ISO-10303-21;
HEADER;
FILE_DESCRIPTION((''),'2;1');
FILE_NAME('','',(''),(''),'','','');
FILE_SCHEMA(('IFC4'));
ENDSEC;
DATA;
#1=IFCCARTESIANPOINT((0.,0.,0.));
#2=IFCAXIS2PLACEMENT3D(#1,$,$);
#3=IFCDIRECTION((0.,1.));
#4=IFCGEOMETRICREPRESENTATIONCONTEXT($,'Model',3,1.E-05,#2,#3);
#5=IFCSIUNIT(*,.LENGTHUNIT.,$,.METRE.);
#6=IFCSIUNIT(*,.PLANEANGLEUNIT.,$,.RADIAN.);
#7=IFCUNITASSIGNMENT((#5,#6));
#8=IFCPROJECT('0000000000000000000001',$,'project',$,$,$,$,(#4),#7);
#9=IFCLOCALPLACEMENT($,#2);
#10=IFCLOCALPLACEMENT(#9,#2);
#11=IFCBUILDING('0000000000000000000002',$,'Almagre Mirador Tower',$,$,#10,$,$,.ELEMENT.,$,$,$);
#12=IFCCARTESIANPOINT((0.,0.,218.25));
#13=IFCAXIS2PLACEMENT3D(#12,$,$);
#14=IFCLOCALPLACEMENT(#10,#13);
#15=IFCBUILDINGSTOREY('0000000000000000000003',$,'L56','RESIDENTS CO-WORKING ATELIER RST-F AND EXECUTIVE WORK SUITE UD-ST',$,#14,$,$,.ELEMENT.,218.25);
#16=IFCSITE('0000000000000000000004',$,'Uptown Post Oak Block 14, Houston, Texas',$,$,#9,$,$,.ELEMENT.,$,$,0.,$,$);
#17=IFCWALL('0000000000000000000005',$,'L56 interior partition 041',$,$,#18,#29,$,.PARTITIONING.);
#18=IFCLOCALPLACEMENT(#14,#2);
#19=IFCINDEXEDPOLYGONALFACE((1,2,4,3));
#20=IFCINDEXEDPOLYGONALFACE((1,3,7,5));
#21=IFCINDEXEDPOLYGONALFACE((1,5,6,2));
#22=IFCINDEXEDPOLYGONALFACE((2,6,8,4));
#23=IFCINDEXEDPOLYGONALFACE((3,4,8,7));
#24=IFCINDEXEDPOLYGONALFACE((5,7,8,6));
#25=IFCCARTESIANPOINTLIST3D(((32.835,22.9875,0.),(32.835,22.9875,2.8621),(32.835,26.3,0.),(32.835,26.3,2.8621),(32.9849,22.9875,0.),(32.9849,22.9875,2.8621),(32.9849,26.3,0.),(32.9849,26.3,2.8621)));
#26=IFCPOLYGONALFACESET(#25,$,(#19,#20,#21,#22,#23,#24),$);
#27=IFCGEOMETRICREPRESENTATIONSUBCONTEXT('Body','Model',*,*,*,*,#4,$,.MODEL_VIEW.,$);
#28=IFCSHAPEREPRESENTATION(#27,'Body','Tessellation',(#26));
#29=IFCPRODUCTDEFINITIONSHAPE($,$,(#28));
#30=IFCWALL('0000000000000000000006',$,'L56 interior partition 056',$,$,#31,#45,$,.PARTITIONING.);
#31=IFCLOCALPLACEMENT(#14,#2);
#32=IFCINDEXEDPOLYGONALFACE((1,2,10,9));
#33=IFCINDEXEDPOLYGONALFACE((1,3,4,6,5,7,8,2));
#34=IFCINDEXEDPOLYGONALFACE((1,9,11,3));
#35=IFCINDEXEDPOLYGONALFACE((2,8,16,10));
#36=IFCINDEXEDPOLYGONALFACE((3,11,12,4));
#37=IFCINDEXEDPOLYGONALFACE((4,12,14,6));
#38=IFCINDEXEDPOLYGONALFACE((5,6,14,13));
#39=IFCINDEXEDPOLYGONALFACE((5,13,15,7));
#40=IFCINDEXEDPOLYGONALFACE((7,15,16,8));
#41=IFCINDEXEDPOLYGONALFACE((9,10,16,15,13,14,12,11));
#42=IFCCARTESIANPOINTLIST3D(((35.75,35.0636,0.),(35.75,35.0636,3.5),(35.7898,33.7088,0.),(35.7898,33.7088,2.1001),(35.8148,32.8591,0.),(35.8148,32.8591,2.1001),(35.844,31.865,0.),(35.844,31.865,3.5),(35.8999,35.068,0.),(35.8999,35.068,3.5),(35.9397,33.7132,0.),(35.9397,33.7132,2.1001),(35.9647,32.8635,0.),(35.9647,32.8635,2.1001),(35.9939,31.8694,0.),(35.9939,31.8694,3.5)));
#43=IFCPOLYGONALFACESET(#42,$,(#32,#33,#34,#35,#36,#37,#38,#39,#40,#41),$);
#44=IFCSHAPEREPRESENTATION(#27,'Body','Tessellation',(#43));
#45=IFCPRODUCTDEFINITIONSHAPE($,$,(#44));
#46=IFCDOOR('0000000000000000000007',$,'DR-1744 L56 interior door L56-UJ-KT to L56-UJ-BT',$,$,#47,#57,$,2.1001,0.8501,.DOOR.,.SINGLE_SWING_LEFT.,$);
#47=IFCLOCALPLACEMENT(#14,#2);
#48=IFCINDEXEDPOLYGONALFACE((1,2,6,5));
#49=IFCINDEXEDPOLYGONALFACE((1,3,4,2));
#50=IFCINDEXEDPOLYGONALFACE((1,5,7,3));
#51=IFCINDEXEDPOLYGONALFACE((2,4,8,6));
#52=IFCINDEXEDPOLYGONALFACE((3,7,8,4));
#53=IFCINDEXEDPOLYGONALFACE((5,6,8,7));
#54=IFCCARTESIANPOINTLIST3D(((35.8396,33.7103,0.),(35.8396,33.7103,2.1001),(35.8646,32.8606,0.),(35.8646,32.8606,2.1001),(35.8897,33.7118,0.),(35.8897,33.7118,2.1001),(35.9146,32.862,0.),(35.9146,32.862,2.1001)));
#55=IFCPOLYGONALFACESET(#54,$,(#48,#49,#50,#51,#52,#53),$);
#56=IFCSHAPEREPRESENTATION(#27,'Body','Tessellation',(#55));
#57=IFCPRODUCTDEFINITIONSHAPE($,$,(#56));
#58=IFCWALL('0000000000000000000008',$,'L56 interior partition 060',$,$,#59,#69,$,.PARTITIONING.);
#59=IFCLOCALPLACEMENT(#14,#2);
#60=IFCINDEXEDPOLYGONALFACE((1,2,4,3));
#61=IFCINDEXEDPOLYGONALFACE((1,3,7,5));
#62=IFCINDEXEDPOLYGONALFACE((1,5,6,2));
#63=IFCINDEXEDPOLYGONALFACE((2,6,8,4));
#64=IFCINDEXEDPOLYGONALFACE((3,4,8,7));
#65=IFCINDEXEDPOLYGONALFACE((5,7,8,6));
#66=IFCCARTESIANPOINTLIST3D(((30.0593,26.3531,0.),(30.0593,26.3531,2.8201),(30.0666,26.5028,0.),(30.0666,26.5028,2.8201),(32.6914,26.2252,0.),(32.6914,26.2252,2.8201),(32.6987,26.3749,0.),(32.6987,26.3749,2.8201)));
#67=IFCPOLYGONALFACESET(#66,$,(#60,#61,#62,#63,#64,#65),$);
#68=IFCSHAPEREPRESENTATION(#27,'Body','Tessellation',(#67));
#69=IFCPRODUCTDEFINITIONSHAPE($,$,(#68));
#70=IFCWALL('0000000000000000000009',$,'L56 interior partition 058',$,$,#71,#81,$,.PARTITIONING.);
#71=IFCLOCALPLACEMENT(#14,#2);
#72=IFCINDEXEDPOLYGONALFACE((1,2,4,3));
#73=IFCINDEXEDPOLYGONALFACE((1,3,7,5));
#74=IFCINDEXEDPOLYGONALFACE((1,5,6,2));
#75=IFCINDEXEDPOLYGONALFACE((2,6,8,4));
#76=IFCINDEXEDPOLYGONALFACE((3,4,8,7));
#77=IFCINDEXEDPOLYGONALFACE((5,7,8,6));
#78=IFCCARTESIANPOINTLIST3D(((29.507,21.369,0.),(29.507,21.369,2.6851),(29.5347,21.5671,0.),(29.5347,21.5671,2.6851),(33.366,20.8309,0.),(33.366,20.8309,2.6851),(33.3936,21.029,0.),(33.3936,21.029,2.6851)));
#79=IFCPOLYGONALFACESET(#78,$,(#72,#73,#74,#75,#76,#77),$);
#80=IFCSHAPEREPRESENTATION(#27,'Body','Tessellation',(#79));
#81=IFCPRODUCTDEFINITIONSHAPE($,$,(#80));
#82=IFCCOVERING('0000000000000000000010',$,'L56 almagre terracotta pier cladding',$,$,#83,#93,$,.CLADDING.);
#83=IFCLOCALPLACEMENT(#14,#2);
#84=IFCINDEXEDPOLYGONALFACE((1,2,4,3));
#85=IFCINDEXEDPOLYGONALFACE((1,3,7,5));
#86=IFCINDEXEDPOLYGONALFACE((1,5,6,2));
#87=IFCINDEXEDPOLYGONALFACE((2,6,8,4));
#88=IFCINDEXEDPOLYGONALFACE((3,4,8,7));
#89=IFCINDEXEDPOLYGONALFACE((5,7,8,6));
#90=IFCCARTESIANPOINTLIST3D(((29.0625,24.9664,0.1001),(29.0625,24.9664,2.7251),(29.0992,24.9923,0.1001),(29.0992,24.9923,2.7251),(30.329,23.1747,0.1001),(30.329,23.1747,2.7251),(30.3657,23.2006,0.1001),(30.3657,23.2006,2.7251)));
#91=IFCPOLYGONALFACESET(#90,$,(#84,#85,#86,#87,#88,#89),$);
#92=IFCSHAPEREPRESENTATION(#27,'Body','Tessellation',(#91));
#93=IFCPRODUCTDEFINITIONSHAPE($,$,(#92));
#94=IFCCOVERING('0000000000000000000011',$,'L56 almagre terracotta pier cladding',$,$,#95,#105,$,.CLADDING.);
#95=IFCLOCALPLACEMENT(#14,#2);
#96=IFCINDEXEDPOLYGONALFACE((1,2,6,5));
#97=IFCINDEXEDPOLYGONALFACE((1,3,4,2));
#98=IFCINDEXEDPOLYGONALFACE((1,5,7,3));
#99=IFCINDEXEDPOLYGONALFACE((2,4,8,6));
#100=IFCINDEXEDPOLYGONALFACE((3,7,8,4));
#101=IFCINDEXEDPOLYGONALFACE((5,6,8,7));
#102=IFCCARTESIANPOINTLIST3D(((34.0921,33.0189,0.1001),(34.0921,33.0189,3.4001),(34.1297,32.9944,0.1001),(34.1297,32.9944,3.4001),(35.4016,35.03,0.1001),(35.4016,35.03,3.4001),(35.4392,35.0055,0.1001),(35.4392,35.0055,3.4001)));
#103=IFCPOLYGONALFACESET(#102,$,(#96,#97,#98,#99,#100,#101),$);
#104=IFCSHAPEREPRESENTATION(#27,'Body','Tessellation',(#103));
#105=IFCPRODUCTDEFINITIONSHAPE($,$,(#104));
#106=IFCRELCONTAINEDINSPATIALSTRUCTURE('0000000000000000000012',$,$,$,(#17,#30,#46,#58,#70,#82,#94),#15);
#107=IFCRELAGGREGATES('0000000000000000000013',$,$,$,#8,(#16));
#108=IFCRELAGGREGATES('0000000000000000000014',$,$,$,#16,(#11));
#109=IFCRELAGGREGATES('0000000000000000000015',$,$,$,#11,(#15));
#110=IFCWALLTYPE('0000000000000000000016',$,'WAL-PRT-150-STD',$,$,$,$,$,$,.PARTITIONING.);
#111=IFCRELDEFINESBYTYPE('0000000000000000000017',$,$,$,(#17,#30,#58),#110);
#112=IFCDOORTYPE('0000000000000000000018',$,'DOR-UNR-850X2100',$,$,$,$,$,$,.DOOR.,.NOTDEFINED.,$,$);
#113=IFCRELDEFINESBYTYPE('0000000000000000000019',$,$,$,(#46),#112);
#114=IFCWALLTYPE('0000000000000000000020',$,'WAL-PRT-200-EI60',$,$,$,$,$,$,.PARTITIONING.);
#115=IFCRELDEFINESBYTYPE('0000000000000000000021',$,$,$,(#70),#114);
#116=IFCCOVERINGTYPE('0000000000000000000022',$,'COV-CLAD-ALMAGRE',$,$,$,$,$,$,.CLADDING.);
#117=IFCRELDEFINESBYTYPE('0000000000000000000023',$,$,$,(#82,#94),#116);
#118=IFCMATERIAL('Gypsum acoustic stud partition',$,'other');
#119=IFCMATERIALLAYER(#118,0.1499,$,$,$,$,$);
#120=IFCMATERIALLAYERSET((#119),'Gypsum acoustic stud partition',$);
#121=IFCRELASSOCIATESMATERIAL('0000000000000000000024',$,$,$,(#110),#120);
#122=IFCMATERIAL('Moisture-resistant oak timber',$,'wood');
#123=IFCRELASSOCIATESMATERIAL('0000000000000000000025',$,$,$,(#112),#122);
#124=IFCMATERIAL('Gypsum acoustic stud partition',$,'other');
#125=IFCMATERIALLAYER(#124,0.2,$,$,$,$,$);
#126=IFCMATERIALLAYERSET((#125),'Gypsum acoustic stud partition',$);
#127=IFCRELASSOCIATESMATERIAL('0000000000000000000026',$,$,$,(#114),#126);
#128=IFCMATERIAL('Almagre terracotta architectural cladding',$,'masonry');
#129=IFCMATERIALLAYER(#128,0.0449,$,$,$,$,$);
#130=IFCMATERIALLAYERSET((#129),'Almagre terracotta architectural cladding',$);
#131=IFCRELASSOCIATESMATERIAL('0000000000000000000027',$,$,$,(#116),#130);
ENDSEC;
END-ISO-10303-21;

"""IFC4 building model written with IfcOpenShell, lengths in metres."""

from ifc_helpers import new_model, si_unit, direction, frame, frame_2d, origin, origin_2d, place, context, subcontext, project, spatial, rectangle, extrude, material, layer, layer_set, type_object, element, fill, save


model = new_model("IFC4")

# Units and contexts
model_context = context("Model", 3, precision=1e-05, world=origin(), true_north=direction((0.0, 1.0)))
body_context = subcontext(model_context, "Body", "Model", "MODEL_VIEW")
ifc_project = project(units=[si_unit("LENGTHUNIT", "METRE"), si_unit("PLANEANGLEUNIT", "RADIAN")], contexts=[model_context])

# Site, building, storey
site_placement = place(None, origin())
site = spatial("IfcSite", under=ifc_project, at=site_placement, Name="Uptown Post Oak Block 14, Houston, Texas", CompositionType="ELEMENT", RefElevation=0.0)
building_placement = place(site_placement, origin())
building = spatial("IfcBuilding", under=site, at=building_placement, Name="Almagre Mirador Tower", CompositionType="ELEMENT")
storey_placement = place(building_placement, frame((0.0, 0.0, 218.25)))
storey = spatial("IfcBuildingStorey", under=building, at=storey_placement, Name="L56", Description="RESIDENTS CO-WORKING ATELIER RST-F AND EXECUTIVE WORK SUITE UD-ST", CompositionType="ELEMENT", Elevation=218.25)

# Wall
ifc_material_1 = material(Name="Gypsum acoustic stud partition", Category="other")
ifc_layer_1 = layer(ifc_material_1, 0.1499)
ifc_layer_set_1 = layer_set([ifc_layer_1], Name="Gypsum acoustic stud partition")
wall_type_1 = type_object("IfcWallType", Name="WAL-PRT-150-STD", PredefinedType="PARTITIONING", material=ifc_layer_set_1)
wall_1_placement = place(storey_placement, frame((32.9099, 26.3, 0.0), z_axis=(0.0, 0.0, 1.0), x_axis=(0.0, -1.0, 0.0)))
element("IfcWall", 1, at=wall_1_placement, inside=storey, type_object=wall_type_1, Name="L56 interior partition 041", PredefinedType="PARTITIONING", context=body_context, shape_type="SweptSolid", body=[
    extrude(rectangle(XDim=3.3125, YDim=0.1499, at=frame_2d((1.6562, 0.0))), origin(), (0.0, 0.0, 1.0), 2.8621),
])

# Wall, opening, door
wall_2_placement = place(storey_placement, frame((35.825, 35.0659, 0.0), z_axis=(0.0, 0.0, 1.0), x_axis=(0.029374, -0.999568, 0.0)))
wall_2 = element("IfcWall", 2, at=wall_2_placement, inside=storey, type_object=wall_type_1, Name="L56 interior partition 056", PredefinedType="PARTITIONING", context=body_context, shape_type="SweptSolid", body=[
    extrude(rectangle(XDim=3.2, YDim=0.1499, at=frame_2d((1.6001, 0.0))), origin(), (0.0, 0.0, 1.0), 3.5),
])
opening_1_placement = place(wall_2_placement, frame((1.3555, 0.0, 0.0)))
opening_1 = element("IfcOpeningElement", 3, at=opening_1_placement, cuts=wall_2, PredefinedType="OPENING", context=body_context, shape_type="SweptSolid", body=[
    extrude(rectangle(XDim=0.8501, YDim=2.1001, at=frame_2d((0.425, 1.05))), frame((0.0, 0.085, 0.0), z_axis=(0.0, -1.0, 0.0), x_axis=(1.0, 0.0, 0.0)), (0.0, 0.0, 1.0), 0.1699),
])
ifc_material_2 = material(Name="Moisture-resistant oak timber", Category="wood")
door_type = type_object("IfcDoorType", Name="DOR-UNR-850X2100", OperationType="NOTDEFINED", PredefinedType="DOOR", material=ifc_material_2)
door_placement = place(opening_1_placement, origin())
door = element("IfcDoor", 4, at=door_placement, inside=storey, type_object=door_type, Name="DR-1744 L56 interior door L56-UJ-KT to L56-UJ-BT", OperationType="SINGLE_SWING_LEFT", OverallHeight=2.1001, OverallWidth=0.8501, PredefinedType="DOOR", context=body_context, shape_type="SweptSolid", body=[
    extrude(rectangle(XDim=0.8501, YDim=2.1001, at=frame_2d((0.425, 1.05))), frame((0.0, 0.0249, 0.0), z_axis=(0.0, -1.0, 0.0), x_axis=(1.0, 0.0, 0.0)), (0.0, 0.0, 1.0), 0.05),
])
fill(opening_1, door)

# Walls
wall_3_placement = place(storey_placement, frame((32.6951, 26.3, 0.0), z_axis=(0.0, 0.0, 1.0), x_axis=(-0.998821, 0.048547, 0.0)))
element("IfcWall", 5, at=wall_3_placement, inside=storey, type_object=wall_type_1, Name="L56 interior partition 060", PredefinedType="PARTITIONING", context=body_context, shape_type="SweptSolid", body=[
    extrude(rectangle(XDim=2.6353, YDim=0.1499, at=frame_2d((1.3176, 0.0))), origin(), (0.0, 0.0, 1.0), 2.8201),
])
ifc_material_3 = material(Name="Gypsum acoustic stud partition", Category="other")
ifc_layer_2 = layer(ifc_material_3, 0.2)
ifc_layer_set_2 = layer_set([ifc_layer_2], Name="Gypsum acoustic stud partition")
wall_type_2 = type_object("IfcWallType", Name="WAL-PRT-200-EI60", PredefinedType="PARTITIONING", material=ifc_layer_set_2)
wall_4_placement = place(storey_placement, frame((33.3799, 20.9299, 0.0), z_axis=(0.0, 0.0, 1.0), x_axis=(-0.990418, 0.138105, 0.0)))
element("IfcWall", 6, at=wall_4_placement, inside=storey, type_object=wall_type_2, Name="L56 interior partition 058", PredefinedType="PARTITIONING", context=body_context, shape_type="SweptSolid", body=[
    extrude(rectangle(XDim=3.8962, YDim=0.2, at=frame_2d((1.9482, 0.0))), origin(), (0.0, 0.0, 1.0), 2.6851),
])

# Coverings
ifc_material_4 = material(Name="Almagre terracotta architectural cladding", Category="masonry")
ifc_layer_3 = layer(ifc_material_4, 0.0449)
ifc_layer_set_3 = layer_set([ifc_layer_3], Name="Almagre terracotta architectural cladding")
covering_type = type_object("IfcCoveringType", Name="COV-CLAD-ALMAGRE", PredefinedType="CLADDING", material=ifc_layer_set_3)
covering_1_placement = place(storey_placement, frame((29.7141, 24.0835, 0.1001), z_axis=(0.0, 0.0, 1.0), x_axis=(-0.577231, 0.816581, 0.0)))
element("IfcCovering", 7, at=covering_1_placement, inside=storey, type_object=covering_type, Name="L56 almagre terracotta pier cladding", PredefinedType="CLADDING", context=body_context, shape_type="SweptSolid", body=[
    extrude(rectangle(XDim=2.1941, YDim=0.0449, at=origin_2d()), origin(), (0.0, 0.0, 1.0), 2.625),
])
covering_2_placement = place(storey_placement, frame((34.7656, 34.0122, 0.1001), z_axis=(0.0, 0.0, 1.0), x_axis=(0.545649, 0.838014, 0.0)))
element("IfcCovering", 8, at=covering_2_placement, inside=storey, type_object=covering_type, Name="L56 almagre terracotta pier cladding", PredefinedType="CLADDING", context=body_context, shape_type="SweptSolid", body=[
    extrude(rectangle(XDim=2.3999, YDim=0.0449, at=origin_2d()), origin(), (0.0, 0.0, 1.0), 3.3),
])

save(model, "model.ifc")
